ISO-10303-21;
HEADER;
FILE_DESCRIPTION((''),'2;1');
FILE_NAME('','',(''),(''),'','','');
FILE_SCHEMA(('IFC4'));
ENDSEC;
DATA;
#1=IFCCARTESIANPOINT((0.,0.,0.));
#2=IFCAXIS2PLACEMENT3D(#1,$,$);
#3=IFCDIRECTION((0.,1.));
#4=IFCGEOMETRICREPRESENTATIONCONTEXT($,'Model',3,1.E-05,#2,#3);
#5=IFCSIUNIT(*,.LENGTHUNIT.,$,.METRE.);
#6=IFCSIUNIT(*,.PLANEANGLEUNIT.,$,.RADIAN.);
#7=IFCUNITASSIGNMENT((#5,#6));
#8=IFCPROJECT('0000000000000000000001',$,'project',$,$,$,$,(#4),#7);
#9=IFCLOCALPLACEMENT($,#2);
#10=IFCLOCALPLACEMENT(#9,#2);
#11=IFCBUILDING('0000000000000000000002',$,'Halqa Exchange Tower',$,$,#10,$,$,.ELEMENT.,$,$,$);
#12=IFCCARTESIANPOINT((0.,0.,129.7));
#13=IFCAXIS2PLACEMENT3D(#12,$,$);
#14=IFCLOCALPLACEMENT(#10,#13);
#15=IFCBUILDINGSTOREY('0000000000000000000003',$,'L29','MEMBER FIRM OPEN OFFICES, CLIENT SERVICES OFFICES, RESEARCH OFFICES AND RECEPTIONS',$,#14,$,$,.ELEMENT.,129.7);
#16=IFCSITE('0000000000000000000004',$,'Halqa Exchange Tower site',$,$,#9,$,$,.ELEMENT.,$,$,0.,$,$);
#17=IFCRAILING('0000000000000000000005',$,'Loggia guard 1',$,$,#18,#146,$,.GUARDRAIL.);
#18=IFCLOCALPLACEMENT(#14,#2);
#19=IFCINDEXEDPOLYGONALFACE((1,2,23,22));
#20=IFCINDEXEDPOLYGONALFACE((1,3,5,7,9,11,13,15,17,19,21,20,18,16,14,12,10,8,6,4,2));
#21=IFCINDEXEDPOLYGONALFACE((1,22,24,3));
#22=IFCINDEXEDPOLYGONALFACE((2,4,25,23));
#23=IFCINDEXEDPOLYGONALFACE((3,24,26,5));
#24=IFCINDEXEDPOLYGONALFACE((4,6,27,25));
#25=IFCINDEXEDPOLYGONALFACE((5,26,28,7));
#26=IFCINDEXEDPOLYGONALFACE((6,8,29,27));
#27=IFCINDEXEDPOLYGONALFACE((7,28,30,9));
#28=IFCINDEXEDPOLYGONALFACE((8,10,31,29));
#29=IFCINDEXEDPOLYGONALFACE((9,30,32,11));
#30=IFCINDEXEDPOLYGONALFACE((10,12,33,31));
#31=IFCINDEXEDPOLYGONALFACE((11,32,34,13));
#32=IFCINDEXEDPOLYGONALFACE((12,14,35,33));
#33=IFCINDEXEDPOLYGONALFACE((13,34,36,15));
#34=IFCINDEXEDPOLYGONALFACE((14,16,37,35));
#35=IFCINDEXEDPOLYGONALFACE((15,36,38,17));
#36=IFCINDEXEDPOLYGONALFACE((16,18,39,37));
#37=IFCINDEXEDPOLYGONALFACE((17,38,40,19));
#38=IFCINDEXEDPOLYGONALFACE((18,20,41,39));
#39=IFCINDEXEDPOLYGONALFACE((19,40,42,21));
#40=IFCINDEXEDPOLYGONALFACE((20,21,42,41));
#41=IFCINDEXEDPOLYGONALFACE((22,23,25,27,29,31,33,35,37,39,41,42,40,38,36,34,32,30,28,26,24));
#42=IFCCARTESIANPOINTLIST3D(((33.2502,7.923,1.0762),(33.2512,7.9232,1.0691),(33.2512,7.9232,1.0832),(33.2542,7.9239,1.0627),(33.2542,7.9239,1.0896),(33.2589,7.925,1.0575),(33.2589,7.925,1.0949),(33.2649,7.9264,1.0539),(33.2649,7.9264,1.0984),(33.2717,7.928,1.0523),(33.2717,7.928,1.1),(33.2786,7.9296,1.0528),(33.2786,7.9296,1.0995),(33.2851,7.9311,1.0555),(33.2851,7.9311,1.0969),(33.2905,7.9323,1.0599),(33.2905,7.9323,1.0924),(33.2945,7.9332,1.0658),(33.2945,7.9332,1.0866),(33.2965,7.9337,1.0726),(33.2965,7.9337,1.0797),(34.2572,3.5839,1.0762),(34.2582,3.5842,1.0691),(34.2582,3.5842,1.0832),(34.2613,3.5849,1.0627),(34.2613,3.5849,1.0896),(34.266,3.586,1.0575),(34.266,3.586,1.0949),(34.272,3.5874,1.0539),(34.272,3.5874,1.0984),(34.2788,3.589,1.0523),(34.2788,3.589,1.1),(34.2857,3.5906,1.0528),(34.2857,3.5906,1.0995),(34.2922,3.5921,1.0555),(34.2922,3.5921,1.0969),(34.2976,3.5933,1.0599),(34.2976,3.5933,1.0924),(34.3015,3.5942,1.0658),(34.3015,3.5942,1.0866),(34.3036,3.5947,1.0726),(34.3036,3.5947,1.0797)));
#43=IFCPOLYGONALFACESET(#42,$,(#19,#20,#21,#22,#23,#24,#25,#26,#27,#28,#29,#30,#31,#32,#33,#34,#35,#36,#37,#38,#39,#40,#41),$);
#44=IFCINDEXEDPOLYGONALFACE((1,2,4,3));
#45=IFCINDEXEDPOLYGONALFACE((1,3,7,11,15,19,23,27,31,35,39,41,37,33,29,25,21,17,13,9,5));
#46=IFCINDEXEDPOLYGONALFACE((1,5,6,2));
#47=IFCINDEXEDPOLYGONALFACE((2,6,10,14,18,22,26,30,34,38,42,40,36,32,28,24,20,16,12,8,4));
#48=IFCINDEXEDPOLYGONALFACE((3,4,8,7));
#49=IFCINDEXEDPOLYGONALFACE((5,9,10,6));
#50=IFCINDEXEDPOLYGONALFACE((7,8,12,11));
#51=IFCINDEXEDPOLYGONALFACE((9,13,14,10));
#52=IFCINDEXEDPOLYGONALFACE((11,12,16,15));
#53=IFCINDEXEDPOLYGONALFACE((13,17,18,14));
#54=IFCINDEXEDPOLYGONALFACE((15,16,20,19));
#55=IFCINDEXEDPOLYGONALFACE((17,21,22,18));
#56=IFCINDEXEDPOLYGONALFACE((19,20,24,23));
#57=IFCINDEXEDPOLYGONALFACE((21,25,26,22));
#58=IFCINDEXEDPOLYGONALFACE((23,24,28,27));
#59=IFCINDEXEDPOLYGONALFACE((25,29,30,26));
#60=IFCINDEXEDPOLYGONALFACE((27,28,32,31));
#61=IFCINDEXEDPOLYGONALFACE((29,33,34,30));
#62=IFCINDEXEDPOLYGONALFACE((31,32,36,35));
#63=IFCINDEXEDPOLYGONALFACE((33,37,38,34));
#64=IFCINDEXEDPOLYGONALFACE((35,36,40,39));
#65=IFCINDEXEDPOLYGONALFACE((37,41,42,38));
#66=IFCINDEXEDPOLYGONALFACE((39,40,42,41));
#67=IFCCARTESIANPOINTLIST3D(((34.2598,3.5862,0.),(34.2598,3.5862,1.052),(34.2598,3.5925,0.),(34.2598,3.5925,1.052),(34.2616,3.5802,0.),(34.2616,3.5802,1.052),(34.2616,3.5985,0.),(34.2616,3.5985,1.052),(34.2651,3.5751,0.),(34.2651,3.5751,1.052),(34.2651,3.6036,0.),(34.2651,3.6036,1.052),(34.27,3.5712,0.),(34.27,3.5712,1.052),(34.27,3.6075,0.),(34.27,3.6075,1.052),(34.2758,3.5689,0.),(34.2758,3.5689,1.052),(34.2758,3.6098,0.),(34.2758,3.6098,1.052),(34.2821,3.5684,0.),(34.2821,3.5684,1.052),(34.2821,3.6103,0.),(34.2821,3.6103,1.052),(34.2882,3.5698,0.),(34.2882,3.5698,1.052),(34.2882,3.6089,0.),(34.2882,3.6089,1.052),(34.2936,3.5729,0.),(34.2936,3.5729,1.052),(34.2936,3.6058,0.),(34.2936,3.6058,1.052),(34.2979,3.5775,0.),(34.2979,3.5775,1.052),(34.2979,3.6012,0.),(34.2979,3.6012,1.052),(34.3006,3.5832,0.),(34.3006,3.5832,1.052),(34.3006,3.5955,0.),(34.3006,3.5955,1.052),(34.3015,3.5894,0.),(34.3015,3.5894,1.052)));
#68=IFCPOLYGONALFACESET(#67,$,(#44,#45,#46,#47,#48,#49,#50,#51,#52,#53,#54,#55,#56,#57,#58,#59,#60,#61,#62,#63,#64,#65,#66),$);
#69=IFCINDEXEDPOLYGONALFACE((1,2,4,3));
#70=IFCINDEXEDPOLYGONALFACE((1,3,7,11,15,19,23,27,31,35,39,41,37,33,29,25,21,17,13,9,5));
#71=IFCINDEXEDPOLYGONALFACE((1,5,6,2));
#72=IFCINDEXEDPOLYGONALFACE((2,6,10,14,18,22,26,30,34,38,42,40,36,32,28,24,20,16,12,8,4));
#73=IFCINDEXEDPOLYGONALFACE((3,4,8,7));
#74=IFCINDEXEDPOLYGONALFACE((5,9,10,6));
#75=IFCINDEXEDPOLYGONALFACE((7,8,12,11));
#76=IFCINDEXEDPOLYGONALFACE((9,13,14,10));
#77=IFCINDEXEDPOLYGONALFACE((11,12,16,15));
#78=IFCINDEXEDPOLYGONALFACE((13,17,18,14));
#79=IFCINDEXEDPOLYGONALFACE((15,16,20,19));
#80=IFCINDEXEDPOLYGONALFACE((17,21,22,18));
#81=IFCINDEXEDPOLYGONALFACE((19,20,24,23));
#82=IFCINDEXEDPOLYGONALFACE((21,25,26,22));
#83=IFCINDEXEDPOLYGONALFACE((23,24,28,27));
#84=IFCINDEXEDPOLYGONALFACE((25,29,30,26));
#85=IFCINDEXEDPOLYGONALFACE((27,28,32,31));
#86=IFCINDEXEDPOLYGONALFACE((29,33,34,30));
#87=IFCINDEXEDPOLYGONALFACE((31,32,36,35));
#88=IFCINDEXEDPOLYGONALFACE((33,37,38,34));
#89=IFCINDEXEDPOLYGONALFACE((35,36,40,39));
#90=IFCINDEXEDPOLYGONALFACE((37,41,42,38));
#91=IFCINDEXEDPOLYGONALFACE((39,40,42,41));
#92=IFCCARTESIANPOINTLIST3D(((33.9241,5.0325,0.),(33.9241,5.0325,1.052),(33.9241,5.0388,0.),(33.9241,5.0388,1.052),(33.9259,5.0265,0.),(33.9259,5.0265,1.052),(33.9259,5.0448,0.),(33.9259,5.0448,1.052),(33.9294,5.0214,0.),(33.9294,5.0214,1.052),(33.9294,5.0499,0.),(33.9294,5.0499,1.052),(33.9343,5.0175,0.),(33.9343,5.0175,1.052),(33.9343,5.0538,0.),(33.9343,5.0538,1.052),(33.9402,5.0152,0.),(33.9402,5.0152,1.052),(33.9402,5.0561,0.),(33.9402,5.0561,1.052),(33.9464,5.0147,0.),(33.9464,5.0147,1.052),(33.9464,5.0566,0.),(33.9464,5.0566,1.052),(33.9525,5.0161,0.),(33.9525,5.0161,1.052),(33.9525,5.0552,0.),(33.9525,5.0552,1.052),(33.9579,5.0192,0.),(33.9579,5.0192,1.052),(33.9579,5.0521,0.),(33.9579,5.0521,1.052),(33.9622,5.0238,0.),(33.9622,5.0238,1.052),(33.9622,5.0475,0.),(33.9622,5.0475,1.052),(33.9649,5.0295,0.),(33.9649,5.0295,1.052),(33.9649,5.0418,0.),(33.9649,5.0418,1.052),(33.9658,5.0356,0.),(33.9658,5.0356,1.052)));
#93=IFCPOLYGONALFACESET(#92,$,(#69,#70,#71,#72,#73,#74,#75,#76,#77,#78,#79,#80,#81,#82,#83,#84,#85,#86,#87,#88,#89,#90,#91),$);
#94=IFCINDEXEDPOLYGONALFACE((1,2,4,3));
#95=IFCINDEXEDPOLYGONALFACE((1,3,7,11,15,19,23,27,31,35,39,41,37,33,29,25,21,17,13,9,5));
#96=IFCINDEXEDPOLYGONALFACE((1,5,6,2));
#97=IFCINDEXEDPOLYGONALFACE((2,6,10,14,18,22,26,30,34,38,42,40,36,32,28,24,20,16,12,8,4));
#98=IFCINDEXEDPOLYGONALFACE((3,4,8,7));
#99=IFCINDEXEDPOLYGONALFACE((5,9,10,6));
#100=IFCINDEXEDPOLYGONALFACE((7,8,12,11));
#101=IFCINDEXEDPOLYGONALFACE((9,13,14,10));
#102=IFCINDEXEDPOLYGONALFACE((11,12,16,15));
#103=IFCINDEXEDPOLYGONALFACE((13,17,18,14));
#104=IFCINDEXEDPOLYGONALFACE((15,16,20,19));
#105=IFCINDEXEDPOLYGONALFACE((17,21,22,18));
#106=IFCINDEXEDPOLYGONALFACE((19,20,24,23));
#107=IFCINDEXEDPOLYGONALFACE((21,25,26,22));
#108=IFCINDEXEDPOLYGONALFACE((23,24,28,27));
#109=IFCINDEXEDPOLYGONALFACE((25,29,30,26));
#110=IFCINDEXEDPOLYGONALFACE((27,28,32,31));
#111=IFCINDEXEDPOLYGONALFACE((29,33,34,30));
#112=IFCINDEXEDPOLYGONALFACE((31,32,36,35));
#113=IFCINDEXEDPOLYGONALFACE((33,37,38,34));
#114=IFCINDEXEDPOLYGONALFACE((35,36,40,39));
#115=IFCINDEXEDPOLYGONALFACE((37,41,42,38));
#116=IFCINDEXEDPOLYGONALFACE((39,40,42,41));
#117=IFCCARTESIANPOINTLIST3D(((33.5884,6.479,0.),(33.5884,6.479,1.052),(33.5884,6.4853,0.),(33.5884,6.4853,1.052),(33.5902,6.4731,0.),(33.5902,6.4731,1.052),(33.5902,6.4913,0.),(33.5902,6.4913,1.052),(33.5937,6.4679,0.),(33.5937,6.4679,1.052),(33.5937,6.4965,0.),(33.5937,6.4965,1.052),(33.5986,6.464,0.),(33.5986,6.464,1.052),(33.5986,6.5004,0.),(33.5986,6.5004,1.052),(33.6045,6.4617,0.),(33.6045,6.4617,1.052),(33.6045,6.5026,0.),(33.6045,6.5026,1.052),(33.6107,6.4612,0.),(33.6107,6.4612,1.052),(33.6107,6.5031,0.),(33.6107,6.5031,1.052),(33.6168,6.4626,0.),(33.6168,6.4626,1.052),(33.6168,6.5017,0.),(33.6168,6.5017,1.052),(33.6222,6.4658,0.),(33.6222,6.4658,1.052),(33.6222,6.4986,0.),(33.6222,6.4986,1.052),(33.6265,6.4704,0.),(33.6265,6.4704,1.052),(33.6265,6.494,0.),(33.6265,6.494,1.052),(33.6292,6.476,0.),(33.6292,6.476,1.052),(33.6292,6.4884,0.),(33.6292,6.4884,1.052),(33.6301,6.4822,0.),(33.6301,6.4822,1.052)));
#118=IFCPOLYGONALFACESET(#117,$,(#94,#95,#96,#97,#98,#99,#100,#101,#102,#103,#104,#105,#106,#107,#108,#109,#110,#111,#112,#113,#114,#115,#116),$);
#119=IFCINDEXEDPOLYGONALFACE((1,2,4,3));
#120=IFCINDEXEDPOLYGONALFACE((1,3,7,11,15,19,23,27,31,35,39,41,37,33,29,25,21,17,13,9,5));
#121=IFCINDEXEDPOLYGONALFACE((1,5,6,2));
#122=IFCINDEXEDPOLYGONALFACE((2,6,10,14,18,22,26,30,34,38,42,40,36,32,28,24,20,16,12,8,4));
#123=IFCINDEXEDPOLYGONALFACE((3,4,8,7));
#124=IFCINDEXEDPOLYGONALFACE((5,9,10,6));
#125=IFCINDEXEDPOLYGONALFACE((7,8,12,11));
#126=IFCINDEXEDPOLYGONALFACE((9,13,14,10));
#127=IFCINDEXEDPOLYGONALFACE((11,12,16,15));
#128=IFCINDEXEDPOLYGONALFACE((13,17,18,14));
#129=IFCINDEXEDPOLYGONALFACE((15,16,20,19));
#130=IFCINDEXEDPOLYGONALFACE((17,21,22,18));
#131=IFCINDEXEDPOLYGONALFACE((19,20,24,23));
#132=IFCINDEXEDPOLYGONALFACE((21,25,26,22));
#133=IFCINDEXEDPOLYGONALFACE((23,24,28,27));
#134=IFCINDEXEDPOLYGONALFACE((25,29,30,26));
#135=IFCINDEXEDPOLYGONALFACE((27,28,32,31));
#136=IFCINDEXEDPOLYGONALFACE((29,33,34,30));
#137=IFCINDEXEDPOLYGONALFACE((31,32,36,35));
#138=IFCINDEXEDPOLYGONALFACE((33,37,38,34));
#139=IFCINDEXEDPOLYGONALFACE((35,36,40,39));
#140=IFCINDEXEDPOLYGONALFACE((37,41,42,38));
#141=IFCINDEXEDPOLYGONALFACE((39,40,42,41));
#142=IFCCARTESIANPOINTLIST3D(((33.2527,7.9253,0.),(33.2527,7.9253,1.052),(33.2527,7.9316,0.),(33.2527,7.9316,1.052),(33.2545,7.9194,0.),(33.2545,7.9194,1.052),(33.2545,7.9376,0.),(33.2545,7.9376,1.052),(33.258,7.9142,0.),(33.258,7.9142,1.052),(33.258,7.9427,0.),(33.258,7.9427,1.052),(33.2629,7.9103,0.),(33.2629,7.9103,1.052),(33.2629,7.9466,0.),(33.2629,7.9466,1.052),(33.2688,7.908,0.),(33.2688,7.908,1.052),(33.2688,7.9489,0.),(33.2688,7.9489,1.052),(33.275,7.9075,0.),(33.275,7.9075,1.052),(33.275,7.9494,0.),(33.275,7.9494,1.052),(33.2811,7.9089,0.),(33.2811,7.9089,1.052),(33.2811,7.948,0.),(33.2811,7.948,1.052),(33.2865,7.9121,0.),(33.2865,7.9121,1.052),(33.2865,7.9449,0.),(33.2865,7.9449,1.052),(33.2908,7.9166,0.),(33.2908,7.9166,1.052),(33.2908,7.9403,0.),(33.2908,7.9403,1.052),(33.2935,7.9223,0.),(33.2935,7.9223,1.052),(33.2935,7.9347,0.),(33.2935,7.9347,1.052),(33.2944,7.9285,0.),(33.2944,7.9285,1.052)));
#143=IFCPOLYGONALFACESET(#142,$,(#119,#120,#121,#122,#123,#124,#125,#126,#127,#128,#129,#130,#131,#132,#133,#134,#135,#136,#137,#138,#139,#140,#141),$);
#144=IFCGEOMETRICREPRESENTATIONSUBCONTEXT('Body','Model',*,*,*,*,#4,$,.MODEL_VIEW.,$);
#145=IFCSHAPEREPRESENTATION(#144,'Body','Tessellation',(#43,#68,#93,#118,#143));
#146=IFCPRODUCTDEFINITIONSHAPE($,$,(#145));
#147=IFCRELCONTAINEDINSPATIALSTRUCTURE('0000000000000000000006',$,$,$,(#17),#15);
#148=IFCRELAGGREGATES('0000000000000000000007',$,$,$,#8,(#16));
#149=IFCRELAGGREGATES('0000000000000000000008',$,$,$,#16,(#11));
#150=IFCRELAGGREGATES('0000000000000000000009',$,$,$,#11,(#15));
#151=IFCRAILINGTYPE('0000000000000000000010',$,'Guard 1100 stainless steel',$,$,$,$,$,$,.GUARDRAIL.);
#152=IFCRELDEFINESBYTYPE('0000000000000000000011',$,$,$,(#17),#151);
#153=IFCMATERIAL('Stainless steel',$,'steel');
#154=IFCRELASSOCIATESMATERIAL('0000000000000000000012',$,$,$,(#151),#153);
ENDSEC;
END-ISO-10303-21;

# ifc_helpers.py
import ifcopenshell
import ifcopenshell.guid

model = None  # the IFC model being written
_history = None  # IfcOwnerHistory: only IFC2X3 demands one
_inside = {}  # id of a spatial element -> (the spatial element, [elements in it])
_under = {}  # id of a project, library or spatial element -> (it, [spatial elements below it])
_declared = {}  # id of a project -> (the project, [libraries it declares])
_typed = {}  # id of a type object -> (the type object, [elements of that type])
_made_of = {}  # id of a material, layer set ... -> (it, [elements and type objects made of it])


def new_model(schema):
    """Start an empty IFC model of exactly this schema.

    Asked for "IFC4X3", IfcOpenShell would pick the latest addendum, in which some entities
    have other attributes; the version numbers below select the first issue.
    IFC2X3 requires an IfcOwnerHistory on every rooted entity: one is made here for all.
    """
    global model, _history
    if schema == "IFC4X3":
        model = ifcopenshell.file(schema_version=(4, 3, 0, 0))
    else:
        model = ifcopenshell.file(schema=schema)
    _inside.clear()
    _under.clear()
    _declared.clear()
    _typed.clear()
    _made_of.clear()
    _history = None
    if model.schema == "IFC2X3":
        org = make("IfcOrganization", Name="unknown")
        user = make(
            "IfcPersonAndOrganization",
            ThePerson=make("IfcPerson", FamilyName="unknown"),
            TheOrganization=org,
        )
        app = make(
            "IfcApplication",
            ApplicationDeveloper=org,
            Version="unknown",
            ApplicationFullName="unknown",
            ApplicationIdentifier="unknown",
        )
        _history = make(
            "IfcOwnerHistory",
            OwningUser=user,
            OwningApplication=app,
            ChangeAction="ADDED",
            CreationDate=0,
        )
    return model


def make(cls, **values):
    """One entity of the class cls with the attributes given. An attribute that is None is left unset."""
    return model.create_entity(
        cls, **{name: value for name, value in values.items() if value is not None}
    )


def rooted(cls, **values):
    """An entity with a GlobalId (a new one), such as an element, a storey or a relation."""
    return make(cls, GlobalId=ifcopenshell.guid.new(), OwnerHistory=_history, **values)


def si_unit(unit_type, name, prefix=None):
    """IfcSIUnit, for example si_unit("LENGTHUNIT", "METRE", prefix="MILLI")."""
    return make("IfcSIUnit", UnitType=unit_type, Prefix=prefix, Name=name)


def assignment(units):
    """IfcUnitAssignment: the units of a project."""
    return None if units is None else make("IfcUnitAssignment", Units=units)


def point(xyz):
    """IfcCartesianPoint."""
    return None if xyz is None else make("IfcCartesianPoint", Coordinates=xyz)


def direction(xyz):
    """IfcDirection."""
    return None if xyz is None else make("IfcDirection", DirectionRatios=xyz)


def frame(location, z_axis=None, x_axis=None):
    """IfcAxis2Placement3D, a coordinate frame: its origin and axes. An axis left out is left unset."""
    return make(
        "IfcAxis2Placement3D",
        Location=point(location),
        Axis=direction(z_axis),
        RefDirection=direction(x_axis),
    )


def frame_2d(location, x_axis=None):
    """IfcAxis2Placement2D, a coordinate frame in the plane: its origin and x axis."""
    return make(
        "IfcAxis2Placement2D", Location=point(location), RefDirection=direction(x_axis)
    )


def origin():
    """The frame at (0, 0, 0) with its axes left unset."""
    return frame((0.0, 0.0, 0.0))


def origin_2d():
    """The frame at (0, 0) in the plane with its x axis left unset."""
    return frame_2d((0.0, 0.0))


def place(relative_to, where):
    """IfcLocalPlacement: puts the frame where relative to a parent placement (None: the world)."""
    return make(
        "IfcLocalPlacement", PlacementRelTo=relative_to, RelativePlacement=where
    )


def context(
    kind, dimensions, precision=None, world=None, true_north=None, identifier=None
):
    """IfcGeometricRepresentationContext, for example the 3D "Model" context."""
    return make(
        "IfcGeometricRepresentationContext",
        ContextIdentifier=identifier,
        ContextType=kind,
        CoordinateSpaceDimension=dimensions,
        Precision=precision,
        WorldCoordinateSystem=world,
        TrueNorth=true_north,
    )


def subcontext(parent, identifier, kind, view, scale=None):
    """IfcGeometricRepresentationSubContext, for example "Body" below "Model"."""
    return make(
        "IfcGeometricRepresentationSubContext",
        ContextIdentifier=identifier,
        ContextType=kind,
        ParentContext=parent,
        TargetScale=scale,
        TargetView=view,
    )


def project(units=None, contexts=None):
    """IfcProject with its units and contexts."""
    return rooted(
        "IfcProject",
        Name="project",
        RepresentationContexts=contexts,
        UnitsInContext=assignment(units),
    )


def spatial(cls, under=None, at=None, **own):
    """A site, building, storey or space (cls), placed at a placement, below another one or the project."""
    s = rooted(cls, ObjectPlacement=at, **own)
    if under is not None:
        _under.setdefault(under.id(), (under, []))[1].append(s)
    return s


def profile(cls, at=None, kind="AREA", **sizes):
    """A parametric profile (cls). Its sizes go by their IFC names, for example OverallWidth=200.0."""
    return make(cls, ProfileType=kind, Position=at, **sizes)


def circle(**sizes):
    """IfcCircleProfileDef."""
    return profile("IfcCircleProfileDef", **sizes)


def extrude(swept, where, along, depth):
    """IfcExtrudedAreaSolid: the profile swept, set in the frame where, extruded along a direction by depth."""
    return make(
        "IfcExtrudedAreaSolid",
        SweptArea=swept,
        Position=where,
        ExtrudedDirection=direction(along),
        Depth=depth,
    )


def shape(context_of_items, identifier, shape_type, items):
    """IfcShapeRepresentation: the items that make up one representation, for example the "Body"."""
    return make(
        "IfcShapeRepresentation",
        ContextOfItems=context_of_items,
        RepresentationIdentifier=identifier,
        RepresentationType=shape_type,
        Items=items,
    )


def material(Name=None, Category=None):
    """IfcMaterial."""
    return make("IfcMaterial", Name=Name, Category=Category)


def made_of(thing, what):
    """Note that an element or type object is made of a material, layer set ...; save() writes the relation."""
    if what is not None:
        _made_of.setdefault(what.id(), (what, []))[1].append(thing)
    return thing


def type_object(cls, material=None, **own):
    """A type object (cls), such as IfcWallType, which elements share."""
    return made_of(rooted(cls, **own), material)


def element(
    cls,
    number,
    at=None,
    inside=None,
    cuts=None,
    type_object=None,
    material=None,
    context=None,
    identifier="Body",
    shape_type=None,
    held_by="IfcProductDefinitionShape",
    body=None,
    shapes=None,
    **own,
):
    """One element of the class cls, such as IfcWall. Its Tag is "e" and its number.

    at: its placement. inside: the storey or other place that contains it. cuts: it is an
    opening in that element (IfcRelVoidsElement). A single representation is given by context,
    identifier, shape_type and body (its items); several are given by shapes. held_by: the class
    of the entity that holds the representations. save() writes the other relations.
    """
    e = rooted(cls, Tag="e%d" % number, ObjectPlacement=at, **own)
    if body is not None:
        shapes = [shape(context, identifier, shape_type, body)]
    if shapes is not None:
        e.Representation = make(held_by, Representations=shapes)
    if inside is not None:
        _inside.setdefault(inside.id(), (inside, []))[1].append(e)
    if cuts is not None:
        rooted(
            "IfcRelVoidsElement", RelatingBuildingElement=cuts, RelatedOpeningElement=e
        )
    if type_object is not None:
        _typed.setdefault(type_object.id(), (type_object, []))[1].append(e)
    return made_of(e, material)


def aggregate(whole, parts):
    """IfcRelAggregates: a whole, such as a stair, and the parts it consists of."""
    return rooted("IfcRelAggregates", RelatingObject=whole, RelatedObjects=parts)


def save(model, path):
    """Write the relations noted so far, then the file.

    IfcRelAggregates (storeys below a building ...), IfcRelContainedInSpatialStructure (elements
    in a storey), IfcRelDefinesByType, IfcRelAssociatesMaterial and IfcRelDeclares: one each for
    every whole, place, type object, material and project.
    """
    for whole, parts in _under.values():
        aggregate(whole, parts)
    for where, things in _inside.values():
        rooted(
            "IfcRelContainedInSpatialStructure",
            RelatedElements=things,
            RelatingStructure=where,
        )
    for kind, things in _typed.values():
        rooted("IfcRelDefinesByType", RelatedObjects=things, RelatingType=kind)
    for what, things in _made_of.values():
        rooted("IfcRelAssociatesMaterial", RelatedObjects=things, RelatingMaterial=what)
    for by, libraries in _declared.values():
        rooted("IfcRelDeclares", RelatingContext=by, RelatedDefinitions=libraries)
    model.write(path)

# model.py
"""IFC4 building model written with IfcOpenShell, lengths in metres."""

from ifc_helpers import new_model, si_unit, direction, frame, origin, origin_2d, place, context, subcontext, project, spatial, circle, extrude, material, type_object, element, save


model = new_model("IFC4")

# Units and contexts
model_context = context("Model", 3, precision=1e-05, world=origin(), true_north=direction((0.0, 1.0)))
body_context = subcontext(model_context, "Body", "Model", "MODEL_VIEW")
ifc_project = project(units=[si_unit("LENGTHUNIT", "METRE"), si_unit("PLANEANGLEUNIT", "RADIAN")], contexts=[model_context])

# Site, building, storey
site_placement = place(None, origin())
site = spatial("IfcSite", under=ifc_project, at=site_placement, Name="Halqa Exchange Tower site", CompositionType="ELEMENT", RefElevation=0.0)
building_placement = place(site_placement, origin())
building = spatial("IfcBuilding", under=site, at=building_placement, Name="Halqa Exchange Tower", CompositionType="ELEMENT")
storey_placement = place(building_placement, frame((0.0, 0.0, 129.7)))
storey = spatial("IfcBuildingStorey", under=building, at=storey_placement, Name="L29", Description="MEMBER FIRM OPEN OFFICES, CLIENT SERVICES OFFICES, RESEARCH OFFICES AND RECEPTIONS", CompositionType="ELEMENT", Elevation=129.7)

# Railing
ifc_material_1 = material(Name="Stainless steel", Category="steel")
railing_type = type_object("IfcRailingType", Name="Guard 1100 stainless steel", PredefinedType="GUARDRAIL", material=ifc_material_1)
railing_1_placement = place(storey_placement, frame((34.2805, 3.5894, 0.0)))
element("IfcRailing", 1, at=railing_1_placement, inside=storey, type_object=railing_type, Name="Loggia guard 1", PredefinedType="GUARDRAIL", context=body_context, shape_type="SweptSolid", body=[
    extrude(circle(Radius=0.0239, at=origin_2d()), frame((0.0, 0.0, 1.0762), z_axis=(-0.226084, 0.974108, 0.0), x_axis=(-0.974108, -0.226084, 0.0)), (0.0, 0.0, 1.0), 4.4543),
    extrude(circle(Radius=0.021, at=origin_2d()), origin(), (0.0, 0.0, 1.0), 1.052),
    extrude(circle(Radius=0.021, at=origin_2d()), frame((-0.3357, 1.4463, 0.0)), (0.0, 0.0, 1.0), 1.052),
    extrude(circle(Radius=0.021, at=origin_2d()), frame((-0.6714, 2.8928, 0.0)), (0.0, 0.0, 1.0), 1.052),
    extrude(circle(Radius=0.021, at=origin_2d()), frame((-1.0071, 4.3391, 0.0)), (0.0, 0.0, 1.0), 1.052),
])

save(model, "model.ifc")
